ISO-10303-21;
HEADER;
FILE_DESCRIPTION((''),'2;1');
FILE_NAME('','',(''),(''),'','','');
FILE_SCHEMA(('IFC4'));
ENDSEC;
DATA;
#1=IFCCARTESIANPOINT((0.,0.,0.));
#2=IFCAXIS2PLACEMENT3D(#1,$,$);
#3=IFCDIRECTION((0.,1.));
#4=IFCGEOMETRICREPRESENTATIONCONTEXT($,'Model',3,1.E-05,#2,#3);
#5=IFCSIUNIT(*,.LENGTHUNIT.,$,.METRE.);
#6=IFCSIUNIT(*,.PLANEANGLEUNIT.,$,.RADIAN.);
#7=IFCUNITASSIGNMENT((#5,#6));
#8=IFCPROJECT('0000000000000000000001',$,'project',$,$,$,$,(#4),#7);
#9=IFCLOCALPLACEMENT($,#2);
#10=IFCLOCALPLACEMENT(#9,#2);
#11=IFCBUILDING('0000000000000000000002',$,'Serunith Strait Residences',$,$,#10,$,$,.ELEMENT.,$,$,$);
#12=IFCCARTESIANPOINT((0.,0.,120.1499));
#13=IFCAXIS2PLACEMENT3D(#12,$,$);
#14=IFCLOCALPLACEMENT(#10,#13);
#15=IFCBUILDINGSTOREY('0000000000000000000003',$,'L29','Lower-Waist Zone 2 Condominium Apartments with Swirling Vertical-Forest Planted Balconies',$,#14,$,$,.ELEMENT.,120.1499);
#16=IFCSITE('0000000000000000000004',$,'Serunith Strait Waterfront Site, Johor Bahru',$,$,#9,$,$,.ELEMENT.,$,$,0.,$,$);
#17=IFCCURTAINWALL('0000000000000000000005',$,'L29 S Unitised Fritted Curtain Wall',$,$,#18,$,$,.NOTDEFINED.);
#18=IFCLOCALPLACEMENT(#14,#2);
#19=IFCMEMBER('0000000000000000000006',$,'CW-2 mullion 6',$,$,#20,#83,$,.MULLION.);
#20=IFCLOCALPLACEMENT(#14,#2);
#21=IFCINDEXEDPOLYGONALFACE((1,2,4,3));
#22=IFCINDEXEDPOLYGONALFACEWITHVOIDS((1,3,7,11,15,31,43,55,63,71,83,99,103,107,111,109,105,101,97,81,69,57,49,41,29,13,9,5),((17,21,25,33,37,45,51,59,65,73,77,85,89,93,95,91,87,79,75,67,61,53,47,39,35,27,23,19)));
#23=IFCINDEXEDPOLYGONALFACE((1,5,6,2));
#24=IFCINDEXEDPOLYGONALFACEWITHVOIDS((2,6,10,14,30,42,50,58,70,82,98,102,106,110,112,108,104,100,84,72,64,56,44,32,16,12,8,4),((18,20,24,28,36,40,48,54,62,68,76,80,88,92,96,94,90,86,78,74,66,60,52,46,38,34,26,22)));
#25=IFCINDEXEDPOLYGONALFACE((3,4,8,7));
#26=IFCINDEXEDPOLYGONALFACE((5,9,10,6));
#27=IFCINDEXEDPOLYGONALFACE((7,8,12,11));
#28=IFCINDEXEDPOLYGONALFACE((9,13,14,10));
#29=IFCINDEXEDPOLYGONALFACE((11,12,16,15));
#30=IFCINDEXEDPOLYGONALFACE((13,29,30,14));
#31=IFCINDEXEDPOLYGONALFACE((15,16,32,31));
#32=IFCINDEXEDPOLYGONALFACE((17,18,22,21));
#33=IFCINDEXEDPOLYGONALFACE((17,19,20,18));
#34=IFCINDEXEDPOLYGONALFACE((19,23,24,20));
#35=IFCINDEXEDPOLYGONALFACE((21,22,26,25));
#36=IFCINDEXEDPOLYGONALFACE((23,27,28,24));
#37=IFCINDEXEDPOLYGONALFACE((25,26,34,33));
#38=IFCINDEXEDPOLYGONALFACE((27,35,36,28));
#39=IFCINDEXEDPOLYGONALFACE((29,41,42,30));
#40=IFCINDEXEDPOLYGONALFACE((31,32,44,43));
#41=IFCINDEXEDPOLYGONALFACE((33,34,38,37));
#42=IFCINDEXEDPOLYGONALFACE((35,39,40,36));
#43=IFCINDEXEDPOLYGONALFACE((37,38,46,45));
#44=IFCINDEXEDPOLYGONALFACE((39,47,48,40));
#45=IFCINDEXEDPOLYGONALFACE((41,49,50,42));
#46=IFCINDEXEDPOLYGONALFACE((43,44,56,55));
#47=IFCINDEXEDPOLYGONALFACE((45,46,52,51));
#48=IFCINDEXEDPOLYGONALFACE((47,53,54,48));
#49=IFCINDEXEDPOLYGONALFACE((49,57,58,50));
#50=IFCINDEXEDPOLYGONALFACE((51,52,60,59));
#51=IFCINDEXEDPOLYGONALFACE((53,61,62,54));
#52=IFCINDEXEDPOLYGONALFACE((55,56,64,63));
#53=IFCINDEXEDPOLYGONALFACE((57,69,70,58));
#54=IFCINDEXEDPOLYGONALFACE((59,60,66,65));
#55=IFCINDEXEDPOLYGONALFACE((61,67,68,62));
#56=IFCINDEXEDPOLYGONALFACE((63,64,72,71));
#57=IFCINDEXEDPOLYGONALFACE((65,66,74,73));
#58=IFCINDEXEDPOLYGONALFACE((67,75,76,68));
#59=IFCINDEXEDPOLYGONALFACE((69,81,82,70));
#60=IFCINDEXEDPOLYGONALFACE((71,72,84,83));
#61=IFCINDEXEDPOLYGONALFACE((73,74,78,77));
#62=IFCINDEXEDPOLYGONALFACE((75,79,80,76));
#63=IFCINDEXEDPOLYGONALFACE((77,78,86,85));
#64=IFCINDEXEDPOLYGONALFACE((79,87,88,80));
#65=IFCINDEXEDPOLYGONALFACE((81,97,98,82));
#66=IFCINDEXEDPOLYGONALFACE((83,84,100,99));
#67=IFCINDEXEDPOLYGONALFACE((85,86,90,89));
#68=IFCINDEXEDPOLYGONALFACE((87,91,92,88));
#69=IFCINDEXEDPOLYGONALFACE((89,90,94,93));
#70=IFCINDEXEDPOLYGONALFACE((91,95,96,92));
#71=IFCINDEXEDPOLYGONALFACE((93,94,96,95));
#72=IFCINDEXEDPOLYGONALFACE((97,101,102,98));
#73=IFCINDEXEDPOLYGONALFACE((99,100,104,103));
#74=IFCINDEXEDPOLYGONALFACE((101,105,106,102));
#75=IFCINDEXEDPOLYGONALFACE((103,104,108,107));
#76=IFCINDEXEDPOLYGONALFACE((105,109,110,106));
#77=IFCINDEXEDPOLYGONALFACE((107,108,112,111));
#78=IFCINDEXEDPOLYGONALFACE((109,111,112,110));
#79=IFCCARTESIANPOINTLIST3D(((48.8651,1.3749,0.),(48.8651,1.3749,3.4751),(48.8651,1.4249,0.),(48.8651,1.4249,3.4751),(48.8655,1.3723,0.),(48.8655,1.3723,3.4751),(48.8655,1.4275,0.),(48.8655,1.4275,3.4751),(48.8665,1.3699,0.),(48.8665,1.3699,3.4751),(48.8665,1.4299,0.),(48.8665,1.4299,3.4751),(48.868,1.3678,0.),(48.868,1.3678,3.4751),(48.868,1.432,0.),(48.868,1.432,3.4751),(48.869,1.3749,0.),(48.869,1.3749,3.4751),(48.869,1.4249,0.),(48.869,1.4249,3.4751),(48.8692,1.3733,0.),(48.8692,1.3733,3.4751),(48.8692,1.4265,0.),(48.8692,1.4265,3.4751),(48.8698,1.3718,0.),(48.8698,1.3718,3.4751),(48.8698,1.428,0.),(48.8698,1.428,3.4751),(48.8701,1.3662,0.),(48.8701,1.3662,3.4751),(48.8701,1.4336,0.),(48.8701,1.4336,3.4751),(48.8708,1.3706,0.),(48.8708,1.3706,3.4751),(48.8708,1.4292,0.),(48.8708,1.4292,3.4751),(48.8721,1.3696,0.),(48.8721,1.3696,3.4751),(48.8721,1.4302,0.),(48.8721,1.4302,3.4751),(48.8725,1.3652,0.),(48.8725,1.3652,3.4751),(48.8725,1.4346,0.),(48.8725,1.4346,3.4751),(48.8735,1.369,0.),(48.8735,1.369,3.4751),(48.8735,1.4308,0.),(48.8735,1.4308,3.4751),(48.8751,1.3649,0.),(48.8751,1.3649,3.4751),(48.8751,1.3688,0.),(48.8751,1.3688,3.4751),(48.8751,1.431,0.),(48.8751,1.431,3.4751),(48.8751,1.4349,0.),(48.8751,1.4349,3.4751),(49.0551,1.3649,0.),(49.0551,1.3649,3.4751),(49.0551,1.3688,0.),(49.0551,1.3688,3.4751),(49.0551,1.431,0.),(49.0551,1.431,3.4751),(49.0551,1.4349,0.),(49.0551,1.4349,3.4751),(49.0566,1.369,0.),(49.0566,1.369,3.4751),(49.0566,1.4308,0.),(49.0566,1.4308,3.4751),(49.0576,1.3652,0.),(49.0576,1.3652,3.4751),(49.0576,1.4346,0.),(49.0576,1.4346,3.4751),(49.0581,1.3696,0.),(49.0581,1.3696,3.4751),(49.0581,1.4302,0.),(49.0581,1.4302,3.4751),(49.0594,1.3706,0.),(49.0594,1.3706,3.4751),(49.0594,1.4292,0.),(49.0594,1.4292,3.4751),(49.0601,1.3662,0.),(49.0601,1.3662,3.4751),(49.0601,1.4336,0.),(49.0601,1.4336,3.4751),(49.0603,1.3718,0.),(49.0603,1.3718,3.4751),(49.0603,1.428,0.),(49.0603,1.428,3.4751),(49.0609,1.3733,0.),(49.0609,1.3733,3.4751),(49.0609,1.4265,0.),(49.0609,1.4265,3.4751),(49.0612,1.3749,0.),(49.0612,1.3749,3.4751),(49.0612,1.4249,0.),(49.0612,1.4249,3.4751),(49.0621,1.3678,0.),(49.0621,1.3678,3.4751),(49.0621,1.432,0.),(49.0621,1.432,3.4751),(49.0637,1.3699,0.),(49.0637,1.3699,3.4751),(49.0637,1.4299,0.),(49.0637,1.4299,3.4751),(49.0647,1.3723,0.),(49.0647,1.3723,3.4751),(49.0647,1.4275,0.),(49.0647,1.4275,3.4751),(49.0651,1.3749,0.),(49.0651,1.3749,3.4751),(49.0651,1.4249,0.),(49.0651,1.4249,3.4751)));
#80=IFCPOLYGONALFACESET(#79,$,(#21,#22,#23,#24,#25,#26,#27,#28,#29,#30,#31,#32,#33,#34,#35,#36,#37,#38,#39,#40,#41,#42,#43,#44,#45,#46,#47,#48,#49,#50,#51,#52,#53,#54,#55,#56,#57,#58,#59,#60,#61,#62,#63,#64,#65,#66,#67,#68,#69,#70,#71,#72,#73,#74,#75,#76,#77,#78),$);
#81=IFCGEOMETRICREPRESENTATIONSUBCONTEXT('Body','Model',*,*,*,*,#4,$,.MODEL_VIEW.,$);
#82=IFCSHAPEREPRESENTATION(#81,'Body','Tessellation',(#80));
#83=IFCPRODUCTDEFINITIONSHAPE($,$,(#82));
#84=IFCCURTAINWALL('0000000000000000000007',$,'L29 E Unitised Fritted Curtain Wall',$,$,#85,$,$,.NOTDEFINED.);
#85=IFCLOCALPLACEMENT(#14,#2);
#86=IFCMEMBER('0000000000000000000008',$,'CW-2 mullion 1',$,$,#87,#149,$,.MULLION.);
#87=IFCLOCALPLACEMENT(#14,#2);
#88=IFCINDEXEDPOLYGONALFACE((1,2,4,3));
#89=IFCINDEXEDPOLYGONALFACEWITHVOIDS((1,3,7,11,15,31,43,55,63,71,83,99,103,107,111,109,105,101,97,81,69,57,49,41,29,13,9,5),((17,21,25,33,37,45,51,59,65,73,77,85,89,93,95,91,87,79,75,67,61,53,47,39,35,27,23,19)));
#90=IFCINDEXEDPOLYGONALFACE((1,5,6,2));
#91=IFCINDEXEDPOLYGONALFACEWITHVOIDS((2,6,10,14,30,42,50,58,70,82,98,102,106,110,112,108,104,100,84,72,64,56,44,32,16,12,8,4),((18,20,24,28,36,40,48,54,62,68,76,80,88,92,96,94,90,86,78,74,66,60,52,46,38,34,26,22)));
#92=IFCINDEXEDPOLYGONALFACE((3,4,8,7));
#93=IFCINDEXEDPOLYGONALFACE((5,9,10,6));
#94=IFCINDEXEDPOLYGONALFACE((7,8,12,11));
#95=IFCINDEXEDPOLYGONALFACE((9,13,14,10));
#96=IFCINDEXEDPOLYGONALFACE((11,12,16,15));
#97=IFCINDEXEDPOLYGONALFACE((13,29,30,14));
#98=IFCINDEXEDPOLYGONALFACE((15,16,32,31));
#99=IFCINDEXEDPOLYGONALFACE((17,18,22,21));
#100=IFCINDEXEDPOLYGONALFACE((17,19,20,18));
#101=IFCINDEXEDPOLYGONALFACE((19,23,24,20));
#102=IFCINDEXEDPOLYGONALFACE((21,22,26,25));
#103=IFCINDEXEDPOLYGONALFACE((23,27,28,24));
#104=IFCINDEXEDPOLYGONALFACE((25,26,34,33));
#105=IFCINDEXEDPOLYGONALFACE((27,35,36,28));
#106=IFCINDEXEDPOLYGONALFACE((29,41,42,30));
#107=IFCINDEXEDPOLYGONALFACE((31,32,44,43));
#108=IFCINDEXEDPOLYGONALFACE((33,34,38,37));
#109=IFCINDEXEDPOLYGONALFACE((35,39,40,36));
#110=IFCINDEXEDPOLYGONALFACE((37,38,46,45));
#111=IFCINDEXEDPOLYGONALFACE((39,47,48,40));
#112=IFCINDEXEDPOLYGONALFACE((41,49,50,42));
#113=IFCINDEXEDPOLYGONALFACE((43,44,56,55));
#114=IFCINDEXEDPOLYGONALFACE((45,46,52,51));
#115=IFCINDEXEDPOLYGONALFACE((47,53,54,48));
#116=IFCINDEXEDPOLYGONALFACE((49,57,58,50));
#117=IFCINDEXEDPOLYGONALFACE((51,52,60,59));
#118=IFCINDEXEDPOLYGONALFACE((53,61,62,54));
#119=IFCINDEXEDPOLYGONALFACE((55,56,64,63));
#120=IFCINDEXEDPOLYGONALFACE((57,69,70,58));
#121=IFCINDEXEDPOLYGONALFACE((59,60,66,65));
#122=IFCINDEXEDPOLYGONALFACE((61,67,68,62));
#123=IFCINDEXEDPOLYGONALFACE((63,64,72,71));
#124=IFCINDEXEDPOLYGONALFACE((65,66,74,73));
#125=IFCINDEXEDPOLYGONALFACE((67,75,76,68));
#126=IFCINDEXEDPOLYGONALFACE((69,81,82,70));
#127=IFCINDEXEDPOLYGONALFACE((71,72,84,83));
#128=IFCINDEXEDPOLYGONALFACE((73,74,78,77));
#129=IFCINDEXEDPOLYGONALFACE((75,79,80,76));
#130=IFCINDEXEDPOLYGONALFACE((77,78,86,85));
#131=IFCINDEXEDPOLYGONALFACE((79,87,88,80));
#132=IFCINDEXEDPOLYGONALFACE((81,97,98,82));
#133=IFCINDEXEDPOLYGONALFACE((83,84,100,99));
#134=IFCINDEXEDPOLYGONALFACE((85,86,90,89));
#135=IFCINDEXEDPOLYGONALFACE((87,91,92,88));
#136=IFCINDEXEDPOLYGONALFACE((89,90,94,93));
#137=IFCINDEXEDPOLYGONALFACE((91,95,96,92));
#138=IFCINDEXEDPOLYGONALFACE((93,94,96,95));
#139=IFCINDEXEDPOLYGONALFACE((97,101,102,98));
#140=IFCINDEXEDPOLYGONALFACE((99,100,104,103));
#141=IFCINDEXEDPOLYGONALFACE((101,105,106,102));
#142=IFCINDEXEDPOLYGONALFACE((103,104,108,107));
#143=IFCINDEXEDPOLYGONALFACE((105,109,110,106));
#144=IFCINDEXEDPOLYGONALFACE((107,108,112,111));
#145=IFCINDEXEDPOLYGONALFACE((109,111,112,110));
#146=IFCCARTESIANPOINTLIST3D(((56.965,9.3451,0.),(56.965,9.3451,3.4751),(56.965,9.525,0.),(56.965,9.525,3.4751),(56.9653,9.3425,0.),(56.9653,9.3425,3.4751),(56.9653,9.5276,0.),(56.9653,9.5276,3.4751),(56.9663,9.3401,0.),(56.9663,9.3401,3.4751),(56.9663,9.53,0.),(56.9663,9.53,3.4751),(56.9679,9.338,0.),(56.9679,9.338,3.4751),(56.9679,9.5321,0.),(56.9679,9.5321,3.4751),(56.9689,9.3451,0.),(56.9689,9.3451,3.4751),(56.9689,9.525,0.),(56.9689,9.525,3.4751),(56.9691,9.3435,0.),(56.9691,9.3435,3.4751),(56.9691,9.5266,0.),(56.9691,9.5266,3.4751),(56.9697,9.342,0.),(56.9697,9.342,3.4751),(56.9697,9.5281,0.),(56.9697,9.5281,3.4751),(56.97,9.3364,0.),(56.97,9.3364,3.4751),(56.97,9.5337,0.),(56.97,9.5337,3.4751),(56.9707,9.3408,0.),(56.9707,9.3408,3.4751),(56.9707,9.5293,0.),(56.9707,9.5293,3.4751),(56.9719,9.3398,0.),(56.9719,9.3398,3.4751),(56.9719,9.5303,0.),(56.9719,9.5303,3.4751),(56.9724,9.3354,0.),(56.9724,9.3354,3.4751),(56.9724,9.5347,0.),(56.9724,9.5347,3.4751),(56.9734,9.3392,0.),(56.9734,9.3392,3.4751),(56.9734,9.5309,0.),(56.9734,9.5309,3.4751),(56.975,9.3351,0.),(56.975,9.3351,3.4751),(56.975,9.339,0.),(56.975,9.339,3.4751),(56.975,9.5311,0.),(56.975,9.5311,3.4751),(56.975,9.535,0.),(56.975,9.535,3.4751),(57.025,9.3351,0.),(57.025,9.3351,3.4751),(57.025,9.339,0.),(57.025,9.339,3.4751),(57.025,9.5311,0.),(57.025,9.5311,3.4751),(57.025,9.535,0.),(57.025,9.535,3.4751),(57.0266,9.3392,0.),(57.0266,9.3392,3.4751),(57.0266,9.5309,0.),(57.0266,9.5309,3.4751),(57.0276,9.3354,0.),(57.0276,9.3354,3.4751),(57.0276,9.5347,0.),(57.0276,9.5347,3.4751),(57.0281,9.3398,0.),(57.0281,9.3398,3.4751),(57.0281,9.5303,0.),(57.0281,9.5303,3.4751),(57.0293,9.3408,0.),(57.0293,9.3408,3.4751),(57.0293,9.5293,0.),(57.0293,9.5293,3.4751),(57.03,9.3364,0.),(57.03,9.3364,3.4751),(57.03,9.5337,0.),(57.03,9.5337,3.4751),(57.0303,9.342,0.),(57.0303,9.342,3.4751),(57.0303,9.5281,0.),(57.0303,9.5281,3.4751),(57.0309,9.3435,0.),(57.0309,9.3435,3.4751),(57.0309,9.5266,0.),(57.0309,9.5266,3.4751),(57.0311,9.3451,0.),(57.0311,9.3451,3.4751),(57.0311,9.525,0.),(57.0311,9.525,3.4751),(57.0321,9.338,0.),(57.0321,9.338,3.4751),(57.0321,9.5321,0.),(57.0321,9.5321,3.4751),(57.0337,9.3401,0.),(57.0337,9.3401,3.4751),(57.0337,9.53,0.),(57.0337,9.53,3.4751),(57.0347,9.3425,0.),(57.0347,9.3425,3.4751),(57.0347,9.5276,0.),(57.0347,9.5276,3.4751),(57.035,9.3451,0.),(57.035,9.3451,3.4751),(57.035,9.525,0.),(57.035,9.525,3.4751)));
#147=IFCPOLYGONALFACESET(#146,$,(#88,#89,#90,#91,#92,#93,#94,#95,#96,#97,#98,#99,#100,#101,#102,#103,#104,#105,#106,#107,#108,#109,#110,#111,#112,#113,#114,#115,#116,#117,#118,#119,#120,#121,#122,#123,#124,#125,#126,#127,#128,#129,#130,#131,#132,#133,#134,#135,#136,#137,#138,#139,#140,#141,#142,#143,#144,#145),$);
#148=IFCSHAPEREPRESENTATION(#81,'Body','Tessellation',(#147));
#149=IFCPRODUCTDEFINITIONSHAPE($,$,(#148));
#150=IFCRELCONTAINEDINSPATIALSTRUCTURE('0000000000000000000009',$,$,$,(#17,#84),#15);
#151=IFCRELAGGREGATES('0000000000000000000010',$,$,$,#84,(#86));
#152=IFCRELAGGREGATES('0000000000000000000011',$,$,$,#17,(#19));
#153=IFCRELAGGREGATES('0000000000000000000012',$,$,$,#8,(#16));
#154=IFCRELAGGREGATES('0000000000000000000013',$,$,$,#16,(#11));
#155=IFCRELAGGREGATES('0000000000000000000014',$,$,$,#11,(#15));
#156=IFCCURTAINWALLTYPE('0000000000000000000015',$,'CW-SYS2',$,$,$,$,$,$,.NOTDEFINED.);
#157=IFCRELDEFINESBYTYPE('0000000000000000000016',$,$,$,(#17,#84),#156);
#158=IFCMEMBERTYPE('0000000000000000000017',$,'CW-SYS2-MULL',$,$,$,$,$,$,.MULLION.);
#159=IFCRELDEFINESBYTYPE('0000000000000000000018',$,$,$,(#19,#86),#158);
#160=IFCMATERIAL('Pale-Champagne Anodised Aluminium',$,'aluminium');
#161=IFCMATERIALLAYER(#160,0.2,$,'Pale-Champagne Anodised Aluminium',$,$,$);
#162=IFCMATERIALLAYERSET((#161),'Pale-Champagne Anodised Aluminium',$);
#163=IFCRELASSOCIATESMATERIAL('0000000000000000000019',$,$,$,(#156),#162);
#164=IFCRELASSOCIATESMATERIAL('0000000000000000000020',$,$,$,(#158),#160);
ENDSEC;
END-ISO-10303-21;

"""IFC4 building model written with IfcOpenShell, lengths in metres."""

from ifc_helpers import new_model, si_unit, direction, frame, origin, origin_2d, place, context, subcontext, project, spatial, hollow_rectangle, extrude, source, transform, mapped, material, layer, layer_set, material_profile, profile_set, type_object, element, aggregate, save


model = new_model("IFC4")

# Units and contexts
model_context = context("Model", 3, precision=1e-05, world=origin(), true_north=direction((0.0, 1.0)))
body_context = subcontext(model_context, "Body", "Model", "MODEL_VIEW")
ifc_project = project(units=[si_unit("LENGTHUNIT", "METRE"), si_unit("PLANEANGLEUNIT", "RADIAN")], contexts=[model_context])

# Site, building, storey
site_placement = place(None, origin())
site = spatial("IfcSite", under=ifc_project, at=site_placement, Name="Serunith Strait Waterfront Site, Johor Bahru", CompositionType="ELEMENT", RefElevation=0.0)
building_placement = place(site_placement, origin())
building = spatial("IfcBuilding", under=site, at=building_placement, Name="Serunith Strait Residences", CompositionType="ELEMENT")
storey_placement = place(building_placement, frame((0.0, 0.0, 120.1499)))
storey = spatial("IfcBuildingStorey", under=building, at=storey_placement, Name="L29", Description="Lower-Waist Zone 2 Condominium Apartments with Swirling Vertical-Forest Planted Balconies", CompositionType="ELEMENT", Elevation=120.1499)

# Curtain wall, member
ifc_material_1 = material(Name="Pale-Champagne Anodised Aluminium", Category="aluminium")
ifc_layer_1 = layer(ifc_material_1, 0.2, Name="Pale-Champagne Anodised Aluminium")
ifc_layer_set_1 = layer_set([ifc_layer_1], Name="Pale-Champagne Anodised Aluminium")
curtain_wall_type = type_object("IfcCurtainWallType", Name="CW-SYS2", PredefinedType="NOTDEFINED", material=ifc_layer_set_1)
curtain_wall_1_placement = place(storey_placement, origin())
curtain_wall_1 = element("IfcCurtainWall", 1, at=curtain_wall_1_placement, inside=storey, type_object=curtain_wall_type, Name="L29 S Unitised Fritted Curtain Wall", PredefinedType="NOTDEFINED")
ifc_material_profile_1 = material_profile(ifc_material_1, hollow_rectangle(XDim=0.0701, YDim=0.2, WallThickness=0.0039, InnerFilletRadius=0.0061, OuterFilletRadius=0.01, at=origin_2d()), Name="ALU 200x70x4")
ifc_profile_set_1 = profile_set([ifc_material_profile_1], Name="Pale-Champagne Anodised Aluminium")
member_type_1 = type_object("IfcMemberType", Name="CW-SYS2-MULL", PredefinedType="MULLION", material=ifc_profile_set_1)
shared_shape_1 = source(origin(), body_context, "Body", "SweptSolid", [
    extrude(hollow_rectangle(XDim=0.0701, YDim=0.2, WallThickness=0.0039, InnerFilletRadius=0.0061, OuterFilletRadius=0.01, at=origin_2d()), origin(), (0.0, 0.0, 1.0), 3.4751),
])
member_1_placement = place(storey_placement, frame((48.9651, 1.3999, 0.0), z_axis=(0.0, 0.0, 1.0), x_axis=(0.0, 1.0, 0.0)))
member_1 = element("IfcMember", 2, at=member_1_placement, type_object=member_type_1, Name="CW-2 mullion 6", PredefinedType="MULLION", context=body_context, shape_type="MappedRepresentation", body=[
    mapped(shared_shape_1, transform((0.0, 0.0, 0.0), scale=1.0)),
])

# Curtain wall, member
curtain_wall_2_placement = place(storey_placement, origin())
curtain_wall_2 = element("IfcCurtainWall", 3, at=curtain_wall_2_placement, inside=storey, type_object=curtain_wall_type, Name="L29 E Unitised Fritted Curtain Wall", PredefinedType="NOTDEFINED")
member_2_placement = place(storey_placement, frame((57.0, 9.4351, 0.0), z_axis=(0.0, 0.0, 1.0), x_axis=(-1.0, 0.0, 0.0)))
member_2 = element("IfcMember", 4, at=member_2_placement, type_object=member_type_1, Name="CW-2 mullion 1", PredefinedType="MULLION", context=body_context, shape_type="MappedRepresentation", body=[
    mapped(shared_shape_1, transform((0.0, 0.0, 0.0), scale=1.0)),
])
aggregate(curtain_wall_2, [member_2])

aggregate(curtain_wall_1, [member_1])

save(model, "model.ifc")
